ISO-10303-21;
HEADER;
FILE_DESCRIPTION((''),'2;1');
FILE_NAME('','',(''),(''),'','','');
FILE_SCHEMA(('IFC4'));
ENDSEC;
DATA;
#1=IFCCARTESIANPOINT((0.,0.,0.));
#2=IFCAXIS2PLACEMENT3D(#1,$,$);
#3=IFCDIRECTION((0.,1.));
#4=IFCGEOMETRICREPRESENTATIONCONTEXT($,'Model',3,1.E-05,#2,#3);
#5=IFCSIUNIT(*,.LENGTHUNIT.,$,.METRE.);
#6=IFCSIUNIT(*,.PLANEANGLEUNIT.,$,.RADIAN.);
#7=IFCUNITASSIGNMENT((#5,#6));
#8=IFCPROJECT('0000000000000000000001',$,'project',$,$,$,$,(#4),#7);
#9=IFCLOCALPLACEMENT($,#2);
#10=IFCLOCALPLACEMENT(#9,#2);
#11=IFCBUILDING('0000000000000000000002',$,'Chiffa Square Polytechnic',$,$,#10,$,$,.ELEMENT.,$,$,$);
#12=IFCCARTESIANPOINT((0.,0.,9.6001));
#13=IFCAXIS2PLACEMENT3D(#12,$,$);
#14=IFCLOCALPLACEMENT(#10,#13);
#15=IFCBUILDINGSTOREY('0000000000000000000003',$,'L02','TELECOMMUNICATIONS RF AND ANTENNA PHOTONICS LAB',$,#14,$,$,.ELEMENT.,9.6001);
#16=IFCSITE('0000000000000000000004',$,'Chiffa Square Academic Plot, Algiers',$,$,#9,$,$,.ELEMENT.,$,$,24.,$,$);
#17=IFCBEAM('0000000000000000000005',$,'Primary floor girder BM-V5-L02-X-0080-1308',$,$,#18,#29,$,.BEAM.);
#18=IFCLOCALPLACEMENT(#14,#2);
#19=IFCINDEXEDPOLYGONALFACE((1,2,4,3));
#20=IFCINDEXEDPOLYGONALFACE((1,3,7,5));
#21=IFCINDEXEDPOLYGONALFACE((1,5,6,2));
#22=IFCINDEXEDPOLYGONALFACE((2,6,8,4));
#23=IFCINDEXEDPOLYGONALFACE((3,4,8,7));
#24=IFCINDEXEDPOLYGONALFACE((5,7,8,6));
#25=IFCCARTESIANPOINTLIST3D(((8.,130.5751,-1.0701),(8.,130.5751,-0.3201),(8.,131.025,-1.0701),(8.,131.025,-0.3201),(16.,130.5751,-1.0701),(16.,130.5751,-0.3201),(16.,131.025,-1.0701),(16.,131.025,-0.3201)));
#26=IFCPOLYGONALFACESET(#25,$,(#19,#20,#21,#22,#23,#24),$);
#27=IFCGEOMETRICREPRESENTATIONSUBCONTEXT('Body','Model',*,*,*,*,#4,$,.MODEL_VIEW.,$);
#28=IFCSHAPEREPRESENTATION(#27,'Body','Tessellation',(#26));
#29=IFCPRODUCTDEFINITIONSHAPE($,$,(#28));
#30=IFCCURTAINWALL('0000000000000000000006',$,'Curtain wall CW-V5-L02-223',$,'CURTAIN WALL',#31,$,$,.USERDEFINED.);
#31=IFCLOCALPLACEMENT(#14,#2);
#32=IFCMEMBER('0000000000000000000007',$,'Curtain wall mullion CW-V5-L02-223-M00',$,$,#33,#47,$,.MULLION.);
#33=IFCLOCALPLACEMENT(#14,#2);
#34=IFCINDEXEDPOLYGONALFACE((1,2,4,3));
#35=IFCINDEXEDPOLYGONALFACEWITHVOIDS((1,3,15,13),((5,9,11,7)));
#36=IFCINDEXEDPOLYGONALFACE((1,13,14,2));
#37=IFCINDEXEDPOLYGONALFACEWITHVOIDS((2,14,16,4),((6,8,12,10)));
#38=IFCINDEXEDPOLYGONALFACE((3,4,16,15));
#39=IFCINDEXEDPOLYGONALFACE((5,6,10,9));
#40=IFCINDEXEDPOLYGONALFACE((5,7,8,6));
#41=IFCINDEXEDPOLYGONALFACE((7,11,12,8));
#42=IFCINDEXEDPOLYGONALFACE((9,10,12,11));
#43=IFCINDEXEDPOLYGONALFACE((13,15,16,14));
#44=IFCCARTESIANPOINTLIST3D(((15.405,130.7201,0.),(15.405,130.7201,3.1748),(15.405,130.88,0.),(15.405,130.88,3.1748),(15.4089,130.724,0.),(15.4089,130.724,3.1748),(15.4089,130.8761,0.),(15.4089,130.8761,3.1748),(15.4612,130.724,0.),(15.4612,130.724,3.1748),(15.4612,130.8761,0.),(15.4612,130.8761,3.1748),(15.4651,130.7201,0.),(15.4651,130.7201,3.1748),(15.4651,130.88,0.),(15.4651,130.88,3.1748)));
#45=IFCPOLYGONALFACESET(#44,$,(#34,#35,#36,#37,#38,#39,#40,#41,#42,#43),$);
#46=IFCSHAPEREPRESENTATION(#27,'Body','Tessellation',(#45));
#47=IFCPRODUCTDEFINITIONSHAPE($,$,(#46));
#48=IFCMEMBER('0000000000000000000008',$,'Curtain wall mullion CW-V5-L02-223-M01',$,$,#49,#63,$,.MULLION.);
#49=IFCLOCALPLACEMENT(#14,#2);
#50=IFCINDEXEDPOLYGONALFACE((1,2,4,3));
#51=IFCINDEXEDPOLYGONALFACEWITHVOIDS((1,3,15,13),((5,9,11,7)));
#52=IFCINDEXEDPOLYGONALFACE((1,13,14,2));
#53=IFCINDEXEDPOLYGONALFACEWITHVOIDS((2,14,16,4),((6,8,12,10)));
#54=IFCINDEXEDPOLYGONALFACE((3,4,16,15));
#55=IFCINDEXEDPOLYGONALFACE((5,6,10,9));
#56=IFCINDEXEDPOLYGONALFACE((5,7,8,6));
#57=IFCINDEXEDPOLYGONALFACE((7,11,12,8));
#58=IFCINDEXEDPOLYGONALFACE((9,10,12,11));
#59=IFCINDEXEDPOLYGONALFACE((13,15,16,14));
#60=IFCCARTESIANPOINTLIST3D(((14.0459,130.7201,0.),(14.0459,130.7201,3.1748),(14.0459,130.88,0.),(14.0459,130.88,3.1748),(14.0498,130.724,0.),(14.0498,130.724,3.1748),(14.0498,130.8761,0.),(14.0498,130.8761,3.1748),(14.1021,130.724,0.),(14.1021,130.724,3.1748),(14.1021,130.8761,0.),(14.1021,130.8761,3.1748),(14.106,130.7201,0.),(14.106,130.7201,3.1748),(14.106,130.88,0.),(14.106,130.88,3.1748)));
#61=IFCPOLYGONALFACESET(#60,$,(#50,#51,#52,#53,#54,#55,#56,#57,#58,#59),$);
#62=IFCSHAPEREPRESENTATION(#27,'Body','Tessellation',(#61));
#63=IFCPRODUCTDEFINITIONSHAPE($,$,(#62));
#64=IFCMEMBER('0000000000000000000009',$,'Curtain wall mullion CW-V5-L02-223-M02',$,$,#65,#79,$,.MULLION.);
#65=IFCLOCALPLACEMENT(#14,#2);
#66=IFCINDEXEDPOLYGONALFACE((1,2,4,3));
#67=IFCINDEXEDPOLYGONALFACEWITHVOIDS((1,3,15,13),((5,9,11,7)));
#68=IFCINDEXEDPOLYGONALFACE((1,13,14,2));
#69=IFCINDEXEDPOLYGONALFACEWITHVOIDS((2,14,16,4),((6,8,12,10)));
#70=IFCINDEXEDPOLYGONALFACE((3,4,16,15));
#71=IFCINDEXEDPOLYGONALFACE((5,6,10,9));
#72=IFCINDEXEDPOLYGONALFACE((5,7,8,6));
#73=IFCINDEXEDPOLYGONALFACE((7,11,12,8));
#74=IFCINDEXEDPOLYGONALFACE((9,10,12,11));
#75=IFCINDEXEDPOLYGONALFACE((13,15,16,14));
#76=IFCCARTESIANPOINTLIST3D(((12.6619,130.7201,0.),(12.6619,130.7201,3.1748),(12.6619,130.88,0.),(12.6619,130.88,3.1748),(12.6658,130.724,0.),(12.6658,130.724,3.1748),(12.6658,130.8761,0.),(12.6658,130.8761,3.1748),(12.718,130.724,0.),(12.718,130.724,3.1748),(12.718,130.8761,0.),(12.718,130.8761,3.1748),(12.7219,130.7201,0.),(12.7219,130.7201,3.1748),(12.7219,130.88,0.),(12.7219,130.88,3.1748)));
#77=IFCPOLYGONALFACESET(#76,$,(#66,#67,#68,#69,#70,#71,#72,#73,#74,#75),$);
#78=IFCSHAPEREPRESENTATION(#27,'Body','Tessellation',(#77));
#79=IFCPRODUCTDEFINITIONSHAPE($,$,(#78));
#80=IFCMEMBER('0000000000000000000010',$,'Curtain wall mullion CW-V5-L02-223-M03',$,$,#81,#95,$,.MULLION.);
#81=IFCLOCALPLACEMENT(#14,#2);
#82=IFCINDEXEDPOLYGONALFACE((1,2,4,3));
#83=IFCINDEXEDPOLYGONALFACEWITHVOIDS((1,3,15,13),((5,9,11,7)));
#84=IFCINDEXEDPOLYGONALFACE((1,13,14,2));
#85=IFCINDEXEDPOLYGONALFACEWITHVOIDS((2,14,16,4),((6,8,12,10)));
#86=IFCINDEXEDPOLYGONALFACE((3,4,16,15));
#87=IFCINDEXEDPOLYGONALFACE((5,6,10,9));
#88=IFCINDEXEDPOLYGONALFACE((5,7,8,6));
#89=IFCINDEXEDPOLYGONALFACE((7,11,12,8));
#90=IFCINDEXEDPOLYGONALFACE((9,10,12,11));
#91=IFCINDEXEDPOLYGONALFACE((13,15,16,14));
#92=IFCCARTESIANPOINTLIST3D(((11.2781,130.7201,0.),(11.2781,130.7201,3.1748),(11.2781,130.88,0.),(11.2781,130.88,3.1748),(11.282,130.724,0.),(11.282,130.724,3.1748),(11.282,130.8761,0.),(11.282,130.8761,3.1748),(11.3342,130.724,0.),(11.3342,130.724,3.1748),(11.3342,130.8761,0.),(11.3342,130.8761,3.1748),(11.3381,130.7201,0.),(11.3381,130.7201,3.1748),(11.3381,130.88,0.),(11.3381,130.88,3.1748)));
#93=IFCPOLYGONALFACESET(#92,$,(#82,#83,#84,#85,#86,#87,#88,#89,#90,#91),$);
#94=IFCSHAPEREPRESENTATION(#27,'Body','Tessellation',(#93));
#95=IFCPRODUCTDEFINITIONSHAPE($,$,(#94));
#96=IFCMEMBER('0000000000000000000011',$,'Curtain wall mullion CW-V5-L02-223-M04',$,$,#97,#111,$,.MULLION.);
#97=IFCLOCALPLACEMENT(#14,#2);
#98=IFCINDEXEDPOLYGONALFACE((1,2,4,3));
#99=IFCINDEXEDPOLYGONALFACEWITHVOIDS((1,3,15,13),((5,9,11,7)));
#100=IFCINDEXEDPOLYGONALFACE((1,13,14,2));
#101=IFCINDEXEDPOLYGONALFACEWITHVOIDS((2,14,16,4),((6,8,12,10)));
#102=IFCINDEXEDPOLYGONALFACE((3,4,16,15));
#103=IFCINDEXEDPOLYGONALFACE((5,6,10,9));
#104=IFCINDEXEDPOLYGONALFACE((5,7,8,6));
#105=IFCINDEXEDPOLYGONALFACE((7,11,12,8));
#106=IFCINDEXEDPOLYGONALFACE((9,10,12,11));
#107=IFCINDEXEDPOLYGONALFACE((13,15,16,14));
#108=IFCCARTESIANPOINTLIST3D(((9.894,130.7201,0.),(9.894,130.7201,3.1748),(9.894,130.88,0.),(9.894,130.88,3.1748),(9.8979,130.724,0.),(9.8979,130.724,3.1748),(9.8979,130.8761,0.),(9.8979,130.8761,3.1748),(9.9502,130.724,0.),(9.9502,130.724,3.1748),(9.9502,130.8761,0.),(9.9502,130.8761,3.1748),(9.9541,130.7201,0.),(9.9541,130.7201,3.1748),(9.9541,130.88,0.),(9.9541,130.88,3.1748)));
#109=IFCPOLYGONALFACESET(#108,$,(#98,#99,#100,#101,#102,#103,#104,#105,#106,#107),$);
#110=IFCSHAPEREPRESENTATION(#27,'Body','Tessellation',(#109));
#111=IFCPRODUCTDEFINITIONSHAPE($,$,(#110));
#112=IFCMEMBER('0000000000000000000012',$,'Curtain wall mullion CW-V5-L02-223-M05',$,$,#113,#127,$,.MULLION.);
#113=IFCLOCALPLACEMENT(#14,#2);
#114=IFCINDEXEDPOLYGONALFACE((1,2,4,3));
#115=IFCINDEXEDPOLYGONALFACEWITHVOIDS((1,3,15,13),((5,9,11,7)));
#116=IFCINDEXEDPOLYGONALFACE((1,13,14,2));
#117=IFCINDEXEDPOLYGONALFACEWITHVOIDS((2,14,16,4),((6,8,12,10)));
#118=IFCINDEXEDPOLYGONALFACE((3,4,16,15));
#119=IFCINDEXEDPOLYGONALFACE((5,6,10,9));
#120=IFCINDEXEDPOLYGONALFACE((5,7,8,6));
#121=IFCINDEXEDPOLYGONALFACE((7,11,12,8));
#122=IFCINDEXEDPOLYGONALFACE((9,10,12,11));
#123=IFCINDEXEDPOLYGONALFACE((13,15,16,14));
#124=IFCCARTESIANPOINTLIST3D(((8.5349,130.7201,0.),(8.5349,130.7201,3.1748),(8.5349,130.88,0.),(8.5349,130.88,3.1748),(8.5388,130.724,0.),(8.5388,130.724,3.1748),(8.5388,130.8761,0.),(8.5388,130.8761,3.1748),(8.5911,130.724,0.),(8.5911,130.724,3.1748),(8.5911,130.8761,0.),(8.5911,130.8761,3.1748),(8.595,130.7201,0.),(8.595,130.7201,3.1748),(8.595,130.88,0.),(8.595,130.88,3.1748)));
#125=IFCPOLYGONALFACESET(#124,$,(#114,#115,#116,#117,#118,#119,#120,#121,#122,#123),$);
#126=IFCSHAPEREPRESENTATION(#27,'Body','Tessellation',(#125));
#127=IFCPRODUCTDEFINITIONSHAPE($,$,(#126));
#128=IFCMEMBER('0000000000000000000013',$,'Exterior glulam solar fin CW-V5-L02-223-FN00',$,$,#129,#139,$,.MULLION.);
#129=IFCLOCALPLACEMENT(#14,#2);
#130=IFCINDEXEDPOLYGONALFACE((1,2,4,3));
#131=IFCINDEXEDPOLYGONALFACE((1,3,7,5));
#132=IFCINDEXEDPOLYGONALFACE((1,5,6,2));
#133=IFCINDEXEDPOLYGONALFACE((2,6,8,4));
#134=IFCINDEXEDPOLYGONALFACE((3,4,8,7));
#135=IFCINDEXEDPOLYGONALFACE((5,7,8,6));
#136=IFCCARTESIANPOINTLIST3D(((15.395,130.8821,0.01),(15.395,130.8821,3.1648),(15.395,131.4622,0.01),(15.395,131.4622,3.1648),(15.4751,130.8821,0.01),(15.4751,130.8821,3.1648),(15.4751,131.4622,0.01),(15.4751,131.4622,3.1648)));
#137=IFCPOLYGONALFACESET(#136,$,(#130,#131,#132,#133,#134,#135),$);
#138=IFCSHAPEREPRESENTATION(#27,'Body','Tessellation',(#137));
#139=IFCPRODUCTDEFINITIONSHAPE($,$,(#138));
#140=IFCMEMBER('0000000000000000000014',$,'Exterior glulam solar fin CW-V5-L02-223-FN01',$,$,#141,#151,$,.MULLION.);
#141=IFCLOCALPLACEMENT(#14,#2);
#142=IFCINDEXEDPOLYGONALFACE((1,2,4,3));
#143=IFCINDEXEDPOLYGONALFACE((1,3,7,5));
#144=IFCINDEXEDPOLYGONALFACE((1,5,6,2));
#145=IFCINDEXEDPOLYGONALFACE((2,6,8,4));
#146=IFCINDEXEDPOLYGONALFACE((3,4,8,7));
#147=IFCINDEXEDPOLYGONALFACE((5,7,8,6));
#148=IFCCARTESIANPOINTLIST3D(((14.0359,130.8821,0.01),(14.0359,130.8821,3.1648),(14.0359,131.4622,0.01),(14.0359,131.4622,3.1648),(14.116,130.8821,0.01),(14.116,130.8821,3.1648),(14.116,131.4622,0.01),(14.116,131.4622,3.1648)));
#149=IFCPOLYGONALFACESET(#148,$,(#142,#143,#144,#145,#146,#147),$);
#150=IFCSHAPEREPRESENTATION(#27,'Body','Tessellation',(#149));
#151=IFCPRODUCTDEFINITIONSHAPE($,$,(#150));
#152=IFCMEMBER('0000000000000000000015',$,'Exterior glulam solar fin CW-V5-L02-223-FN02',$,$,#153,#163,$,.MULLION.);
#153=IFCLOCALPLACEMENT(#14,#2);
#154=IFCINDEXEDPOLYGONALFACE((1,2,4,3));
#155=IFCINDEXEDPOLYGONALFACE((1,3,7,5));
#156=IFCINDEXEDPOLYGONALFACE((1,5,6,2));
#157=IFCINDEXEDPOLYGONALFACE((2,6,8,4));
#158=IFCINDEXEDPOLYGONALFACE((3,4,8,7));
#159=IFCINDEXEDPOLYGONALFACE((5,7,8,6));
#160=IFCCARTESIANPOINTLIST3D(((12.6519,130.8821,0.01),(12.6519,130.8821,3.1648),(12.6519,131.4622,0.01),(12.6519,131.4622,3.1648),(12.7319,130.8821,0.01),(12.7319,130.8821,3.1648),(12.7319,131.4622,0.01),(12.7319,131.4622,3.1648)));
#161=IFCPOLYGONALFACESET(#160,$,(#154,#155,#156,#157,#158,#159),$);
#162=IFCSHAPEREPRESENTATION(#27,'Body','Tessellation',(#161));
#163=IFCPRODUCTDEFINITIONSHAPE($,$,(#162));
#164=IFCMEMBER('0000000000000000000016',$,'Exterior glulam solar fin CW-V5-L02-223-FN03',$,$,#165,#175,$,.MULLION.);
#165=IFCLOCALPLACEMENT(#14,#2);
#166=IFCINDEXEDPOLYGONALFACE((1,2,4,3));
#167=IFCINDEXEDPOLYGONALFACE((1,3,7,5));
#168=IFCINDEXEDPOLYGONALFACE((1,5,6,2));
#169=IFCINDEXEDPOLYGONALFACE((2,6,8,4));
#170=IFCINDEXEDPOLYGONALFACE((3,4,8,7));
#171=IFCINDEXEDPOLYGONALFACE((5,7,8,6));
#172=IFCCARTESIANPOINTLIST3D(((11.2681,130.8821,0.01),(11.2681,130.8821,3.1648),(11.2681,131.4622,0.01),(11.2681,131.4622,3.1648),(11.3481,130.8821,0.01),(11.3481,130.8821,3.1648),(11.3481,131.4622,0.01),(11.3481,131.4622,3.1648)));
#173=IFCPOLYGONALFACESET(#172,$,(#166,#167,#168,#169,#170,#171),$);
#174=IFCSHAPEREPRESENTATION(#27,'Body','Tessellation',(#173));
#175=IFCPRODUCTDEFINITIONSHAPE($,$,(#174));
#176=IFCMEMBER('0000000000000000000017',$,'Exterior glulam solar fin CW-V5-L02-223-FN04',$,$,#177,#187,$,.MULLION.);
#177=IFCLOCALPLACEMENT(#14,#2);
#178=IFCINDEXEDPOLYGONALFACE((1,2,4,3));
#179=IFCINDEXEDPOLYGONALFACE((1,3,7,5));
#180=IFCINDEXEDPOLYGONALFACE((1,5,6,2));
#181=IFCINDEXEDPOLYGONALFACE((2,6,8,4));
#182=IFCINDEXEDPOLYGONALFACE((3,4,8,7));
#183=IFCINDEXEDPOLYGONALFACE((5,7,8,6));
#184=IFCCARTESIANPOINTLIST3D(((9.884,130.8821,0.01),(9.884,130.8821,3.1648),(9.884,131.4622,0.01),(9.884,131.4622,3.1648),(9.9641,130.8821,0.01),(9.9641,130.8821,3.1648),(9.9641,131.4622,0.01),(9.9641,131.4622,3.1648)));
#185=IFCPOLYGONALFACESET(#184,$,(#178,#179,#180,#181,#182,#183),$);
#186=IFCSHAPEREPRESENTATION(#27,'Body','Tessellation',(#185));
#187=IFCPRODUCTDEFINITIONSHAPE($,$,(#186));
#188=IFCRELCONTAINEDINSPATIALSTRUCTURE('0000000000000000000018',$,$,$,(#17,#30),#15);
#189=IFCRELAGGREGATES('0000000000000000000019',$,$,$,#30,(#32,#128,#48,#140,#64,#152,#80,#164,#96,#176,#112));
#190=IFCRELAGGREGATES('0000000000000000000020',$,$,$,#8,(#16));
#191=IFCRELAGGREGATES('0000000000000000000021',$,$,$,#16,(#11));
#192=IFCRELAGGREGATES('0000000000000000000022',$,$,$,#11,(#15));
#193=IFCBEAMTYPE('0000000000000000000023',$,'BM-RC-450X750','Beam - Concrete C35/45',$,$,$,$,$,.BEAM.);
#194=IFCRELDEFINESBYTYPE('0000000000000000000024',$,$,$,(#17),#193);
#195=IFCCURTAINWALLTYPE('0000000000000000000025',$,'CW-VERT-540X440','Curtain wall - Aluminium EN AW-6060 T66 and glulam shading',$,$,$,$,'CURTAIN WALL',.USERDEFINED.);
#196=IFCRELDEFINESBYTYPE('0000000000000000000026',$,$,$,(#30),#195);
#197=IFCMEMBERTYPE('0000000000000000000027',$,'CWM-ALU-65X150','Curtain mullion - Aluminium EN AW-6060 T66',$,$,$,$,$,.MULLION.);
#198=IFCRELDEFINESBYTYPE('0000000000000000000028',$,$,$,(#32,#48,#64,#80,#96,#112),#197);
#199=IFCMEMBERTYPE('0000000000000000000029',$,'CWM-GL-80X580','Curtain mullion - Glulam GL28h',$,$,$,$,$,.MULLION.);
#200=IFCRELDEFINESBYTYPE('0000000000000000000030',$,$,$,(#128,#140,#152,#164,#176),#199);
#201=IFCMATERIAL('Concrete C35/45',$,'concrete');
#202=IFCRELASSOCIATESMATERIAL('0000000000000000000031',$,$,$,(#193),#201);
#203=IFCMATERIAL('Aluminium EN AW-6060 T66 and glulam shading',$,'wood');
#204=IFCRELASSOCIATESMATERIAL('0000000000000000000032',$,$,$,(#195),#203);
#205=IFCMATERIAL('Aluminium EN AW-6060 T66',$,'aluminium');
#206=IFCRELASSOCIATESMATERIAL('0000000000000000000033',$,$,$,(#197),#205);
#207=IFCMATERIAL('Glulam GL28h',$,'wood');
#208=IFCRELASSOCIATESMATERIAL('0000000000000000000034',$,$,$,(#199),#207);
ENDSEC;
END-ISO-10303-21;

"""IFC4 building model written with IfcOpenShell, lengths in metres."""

from ifc_helpers import new_model, si_unit, direction, frame, origin, origin_2d, place, context, subcontext, project, spatial, rectangle, hollow_rectangle, extrude, material, material_profile, profile_set, type_object, element, aggregate, save


model = new_model("IFC4")

# Units and contexts
model_context = context("Model", 3, precision=1e-05, world=origin(), true_north=direction((0.0, 1.0)))
body_context = subcontext(model_context, "Body", "Model", "MODEL_VIEW")
ifc_project = project(units=[si_unit("LENGTHUNIT", "METRE"), si_unit("PLANEANGLEUNIT", "RADIAN")], contexts=[model_context])

# Site, building, storey
site_placement = place(None, origin())
site = spatial("IfcSite", under=ifc_project, at=site_placement, Name="Chiffa Square Academic Plot, Algiers", CompositionType="ELEMENT", RefElevation=24.0)
building_placement = place(site_placement, origin())
building = spatial("IfcBuilding", under=site, at=building_placement, Name="Chiffa Square Polytechnic", CompositionType="ELEMENT")
storey_placement = place(building_placement, frame((0.0, 0.0, 9.6001)))
storey = spatial("IfcBuildingStorey", under=building, at=storey_placement, Name="L02", Description="TELECOMMUNICATIONS RF AND ANTENNA PHOTONICS LAB", CompositionType="ELEMENT", Elevation=9.6001)

# Beam
ifc_material_1 = material(Name="Concrete C35/45", Category="concrete")
ifc_material_profile_1 = material_profile(ifc_material_1, rectangle(XDim=0.45, YDim=0.75, at=origin_2d()), Name="RC 450x750")
ifc_profile_set_1 = profile_set([ifc_material_profile_1], Name="Concrete C35/45")
beam_type = type_object("IfcBeamType", Name="BM-RC-450X750", Description="Beam - Concrete C35/45", PredefinedType="BEAM", material=ifc_profile_set_1)
beam_placement = place(storey_placement, frame((8.0, 130.8, -0.6951), z_axis=(1.0, 0.0, 0.0), x_axis=(0.0, 1.0, 0.0)))
element("IfcBeam", 1, at=beam_placement, inside=storey, type_object=beam_type, Name="Primary floor girder BM-V5-L02-X-0080-1308", PredefinedType="BEAM", context=body_context, shape_type="SweptSolid", body=[
    extrude(rectangle(XDim=0.45, YDim=0.75, at=origin_2d()), origin(), (0.0, 0.0, 1.0), 8.0),
])

# Curtain wall, members
ifc_material_2 = material(Name="Aluminium EN AW-6060 T66 and glulam shading", Category="wood")
curtain_wall_type = type_object("IfcCurtainWallType", Name="CW-VERT-540X440", Description="Curtain wall - Aluminium EN AW-6060 T66 and glulam shading", ElementType="CURTAIN WALL", PredefinedType="USERDEFINED", material=ifc_material_2)
curtain_wall_placement = place(storey_placement, origin())
curtain_wall = element("IfcCurtainWall", 2, at=curtain_wall_placement, inside=storey, type_object=curtain_wall_type, Name="Curtain wall CW-V5-L02-223", ObjectType="CURTAIN WALL", PredefinedType="USERDEFINED")
ifc_material_3 = material(Name="Aluminium EN AW-6060 T66", Category="aluminium")
ifc_material_profile_2 = material_profile(ifc_material_3, hollow_rectangle(XDim=0.0601, YDim=0.1599, WallThickness=0.0039, at=origin_2d()), Name="ALU 60x160x4")
ifc_profile_set_2 = profile_set([ifc_material_profile_2], Name="Aluminium EN AW-6060 T66")
member_type_1 = type_object("IfcMemberType", Name="CWM-ALU-65X150", Description="Curtain mullion - Aluminium EN AW-6060 T66", PredefinedType="MULLION", material=ifc_profile_set_2)
member_1_placement = place(storey_placement, frame((15.4351, 130.8, 0.0), z_axis=(0.0, 0.0, 1.0), x_axis=(1.0, 0.0, 0.0)))
member_1 = element("IfcMember", 3, at=member_1_placement, type_object=member_type_1, Name="Curtain wall mullion CW-V5-L02-223-M00", PredefinedType="MULLION", context=body_context, shape_type="SweptSolid", body=[
    extrude(hollow_rectangle(XDim=0.0601, YDim=0.1599, WallThickness=0.0039, at=origin_2d()), origin(), (0.0, 0.0, 1.0), 3.1748),
])
member_2_placement = place(storey_placement, frame((14.0759, 130.8, 0.0), z_axis=(0.0, 0.0, 1.0), x_axis=(1.0, 0.0, 0.0)))
member_2 = element("IfcMember", 4, at=member_2_placement, type_object=member_type_1, Name="Curtain wall mullion CW-V5-L02-223-M01", PredefinedType="MULLION", context=body_context, shape_type="SweptSolid", body=[
    extrude(hollow_rectangle(XDim=0.0601, YDim=0.1599, WallThickness=0.0039, at=origin_2d()), origin(), (0.0, 0.0, 1.0), 3.1748),
])
member_3_placement = place(storey_placement, frame((12.6919, 130.8, 0.0), z_axis=(0.0, 0.0, 1.0), x_axis=(1.0, 0.0, 0.0)))
member_3 = element("IfcMember", 5, at=member_3_placement, type_object=member_type_1, Name="Curtain wall mullion CW-V5-L02-223-M02", PredefinedType="MULLION", context=body_context, shape_type="SweptSolid", body=[
    extrude(hollow_rectangle(XDim=0.0601, YDim=0.1599, WallThickness=0.0039, at=origin_2d()), origin(), (0.0, 0.0, 1.0), 3.1748),
])
member_4_placement = place(storey_placement, frame((11.3081, 130.8, 0.0), z_axis=(0.0, 0.0, 1.0), x_axis=(1.0, 0.0, 0.0)))
member_4 = element("IfcMember", 6, at=member_4_placement, type_object=member_type_1, Name="Curtain wall mullion CW-V5-L02-223-M03", PredefinedType="MULLION", context=body_context, shape_type="SweptSolid", body=[
    extrude(hollow_rectangle(XDim=0.0601, YDim=0.1599, WallThickness=0.0039, at=origin_2d()), origin(), (0.0, 0.0, 1.0), 3.1748),
])
member_5_placement = place(storey_placement, frame((9.9241, 130.8, 0.0), z_axis=(0.0, 0.0, 1.0), x_axis=(1.0, 0.0, 0.0)))
member_5 = element("IfcMember", 7, at=member_5_placement, type_object=member_type_1, Name="Curtain wall mullion CW-V5-L02-223-M04", PredefinedType="MULLION", context=body_context, shape_type="SweptSolid", body=[
    extrude(hollow_rectangle(XDim=0.0601, YDim=0.1599, WallThickness=0.0039, at=origin_2d()), origin(), (0.0, 0.0, 1.0), 3.1748),
])
member_6_placement = place(storey_placement, frame((8.5649, 130.8, 0.0), z_axis=(0.0, 0.0, 1.0), x_axis=(1.0, 0.0, 0.0)))
member_6 = element("IfcMember", 8, at=member_6_placement, type_object=member_type_1, Name="Curtain wall mullion CW-V5-L02-223-M05", PredefinedType="MULLION", context=body_context, shape_type="SweptSolid", body=[
    extrude(hollow_rectangle(XDim=0.0601, YDim=0.1599, WallThickness=0.0039, at=origin_2d()), origin(), (0.0, 0.0, 1.0), 3.1748),
])
ifc_material_4 = material(Name="Glulam GL28h", Category="wood")
ifc_material_profile_3 = material_profile(ifc_material_4, rectangle(XDim=0.0801, YDim=0.5801, at=origin_2d()), Name="GL28h 80x580")
ifc_profile_set_3 = profile_set([ifc_material_profile_3], Name="Glulam GL28h")
member_type_2 = type_object("IfcMemberType", Name="CWM-GL-80X580", Description="Curtain mullion - Glulam GL28h", PredefinedType="MULLION", material=ifc_profile_set_3)
member_7_placement = place(storey_placement, frame((15.4351, 131.1721, 0.01), z_axis=(0.0, 0.0, 1.0), x_axis=(-1.0, 0.0, 0.0)))
member_7 = element("IfcMember", 9, at=member_7_placement, type_object=member_type_2, Name="Exterior glulam solar fin CW-V5-L02-223-FN00", PredefinedType="MULLION", context=body_context, shape_type="SweptSolid", body=[
    extrude(rectangle(XDim=0.0801, YDim=0.5801, at=origin_2d()), origin(), (0.0, 0.0, 1.0), 3.1548),
])
member_8_placement = place(storey_placement, frame((14.0759, 131.1721, 0.01), z_axis=(0.0, 0.0, 1.0), x_axis=(-1.0, 0.0, 0.0)))
member_8 = element("IfcMember", 10, at=member_8_placement, type_object=member_type_2, Name="Exterior glulam solar fin CW-V5-L02-223-FN01", PredefinedType="MULLION", context=body_context, shape_type="SweptSolid", body=[
    extrude(rectangle(XDim=0.0801, YDim=0.5801, at=origin_2d()), origin(), (0.0, 0.0, 1.0), 3.1548),
])
member_9_placement = place(storey_placement, frame((12.6919, 131.1721, 0.01), z_axis=(0.0, 0.0, 1.0), x_axis=(-1.0, 0.0, 0.0)))
member_9 = element("IfcMember", 11, at=member_9_placement, type_object=member_type_2, Name="Exterior glulam solar fin CW-V5-L02-223-FN02", PredefinedType="MULLION", context=body_context, shape_type="SweptSolid", body=[
    extrude(rectangle(XDim=0.0801, YDim=0.5801, at=origin_2d()), origin(), (0.0, 0.0, 1.0), 3.1548),
])
member_10_placement = place(storey_placement, frame((11.3081, 131.1721, 0.01), z_axis=(0.0, 0.0, 1.0), x_axis=(-1.0, 0.0, 0.0)))
member_10 = element("IfcMember", 12, at=member_10_placement, type_object=member_type_2, Name="Exterior glulam solar fin CW-V5-L02-223-FN03", PredefinedType="MULLION", context=body_context, shape_type="SweptSolid", body=[
    extrude(rectangle(XDim=0.0801, YDim=0.5801, at=origin_2d()), origin(), (0.0, 0.0, 1.0), 3.1548),
])
member_11_placement = place(storey_placement, frame((9.9241, 131.1721, 0.01), z_axis=(0.0, 0.0, 1.0), x_axis=(-1.0, 0.0, 0.0)))
member_11 = element("IfcMember", 13, at=member_11_placement, type_object=member_type_2, Name="Exterior glulam solar fin CW-V5-L02-223-FN04", PredefinedType="MULLION", context=body_context, shape_type="SweptSolid", body=[
    extrude(rectangle(XDim=0.0801, YDim=0.5801, at=origin_2d()), origin(), (0.0, 0.0, 1.0), 3.1548),
])
aggregate(curtain_wall, [member_1, member_7, member_2, member_8, member_3, member_9, member_4, member_10, member_5, member_11, member_6])

save(model, "model.ifc")
